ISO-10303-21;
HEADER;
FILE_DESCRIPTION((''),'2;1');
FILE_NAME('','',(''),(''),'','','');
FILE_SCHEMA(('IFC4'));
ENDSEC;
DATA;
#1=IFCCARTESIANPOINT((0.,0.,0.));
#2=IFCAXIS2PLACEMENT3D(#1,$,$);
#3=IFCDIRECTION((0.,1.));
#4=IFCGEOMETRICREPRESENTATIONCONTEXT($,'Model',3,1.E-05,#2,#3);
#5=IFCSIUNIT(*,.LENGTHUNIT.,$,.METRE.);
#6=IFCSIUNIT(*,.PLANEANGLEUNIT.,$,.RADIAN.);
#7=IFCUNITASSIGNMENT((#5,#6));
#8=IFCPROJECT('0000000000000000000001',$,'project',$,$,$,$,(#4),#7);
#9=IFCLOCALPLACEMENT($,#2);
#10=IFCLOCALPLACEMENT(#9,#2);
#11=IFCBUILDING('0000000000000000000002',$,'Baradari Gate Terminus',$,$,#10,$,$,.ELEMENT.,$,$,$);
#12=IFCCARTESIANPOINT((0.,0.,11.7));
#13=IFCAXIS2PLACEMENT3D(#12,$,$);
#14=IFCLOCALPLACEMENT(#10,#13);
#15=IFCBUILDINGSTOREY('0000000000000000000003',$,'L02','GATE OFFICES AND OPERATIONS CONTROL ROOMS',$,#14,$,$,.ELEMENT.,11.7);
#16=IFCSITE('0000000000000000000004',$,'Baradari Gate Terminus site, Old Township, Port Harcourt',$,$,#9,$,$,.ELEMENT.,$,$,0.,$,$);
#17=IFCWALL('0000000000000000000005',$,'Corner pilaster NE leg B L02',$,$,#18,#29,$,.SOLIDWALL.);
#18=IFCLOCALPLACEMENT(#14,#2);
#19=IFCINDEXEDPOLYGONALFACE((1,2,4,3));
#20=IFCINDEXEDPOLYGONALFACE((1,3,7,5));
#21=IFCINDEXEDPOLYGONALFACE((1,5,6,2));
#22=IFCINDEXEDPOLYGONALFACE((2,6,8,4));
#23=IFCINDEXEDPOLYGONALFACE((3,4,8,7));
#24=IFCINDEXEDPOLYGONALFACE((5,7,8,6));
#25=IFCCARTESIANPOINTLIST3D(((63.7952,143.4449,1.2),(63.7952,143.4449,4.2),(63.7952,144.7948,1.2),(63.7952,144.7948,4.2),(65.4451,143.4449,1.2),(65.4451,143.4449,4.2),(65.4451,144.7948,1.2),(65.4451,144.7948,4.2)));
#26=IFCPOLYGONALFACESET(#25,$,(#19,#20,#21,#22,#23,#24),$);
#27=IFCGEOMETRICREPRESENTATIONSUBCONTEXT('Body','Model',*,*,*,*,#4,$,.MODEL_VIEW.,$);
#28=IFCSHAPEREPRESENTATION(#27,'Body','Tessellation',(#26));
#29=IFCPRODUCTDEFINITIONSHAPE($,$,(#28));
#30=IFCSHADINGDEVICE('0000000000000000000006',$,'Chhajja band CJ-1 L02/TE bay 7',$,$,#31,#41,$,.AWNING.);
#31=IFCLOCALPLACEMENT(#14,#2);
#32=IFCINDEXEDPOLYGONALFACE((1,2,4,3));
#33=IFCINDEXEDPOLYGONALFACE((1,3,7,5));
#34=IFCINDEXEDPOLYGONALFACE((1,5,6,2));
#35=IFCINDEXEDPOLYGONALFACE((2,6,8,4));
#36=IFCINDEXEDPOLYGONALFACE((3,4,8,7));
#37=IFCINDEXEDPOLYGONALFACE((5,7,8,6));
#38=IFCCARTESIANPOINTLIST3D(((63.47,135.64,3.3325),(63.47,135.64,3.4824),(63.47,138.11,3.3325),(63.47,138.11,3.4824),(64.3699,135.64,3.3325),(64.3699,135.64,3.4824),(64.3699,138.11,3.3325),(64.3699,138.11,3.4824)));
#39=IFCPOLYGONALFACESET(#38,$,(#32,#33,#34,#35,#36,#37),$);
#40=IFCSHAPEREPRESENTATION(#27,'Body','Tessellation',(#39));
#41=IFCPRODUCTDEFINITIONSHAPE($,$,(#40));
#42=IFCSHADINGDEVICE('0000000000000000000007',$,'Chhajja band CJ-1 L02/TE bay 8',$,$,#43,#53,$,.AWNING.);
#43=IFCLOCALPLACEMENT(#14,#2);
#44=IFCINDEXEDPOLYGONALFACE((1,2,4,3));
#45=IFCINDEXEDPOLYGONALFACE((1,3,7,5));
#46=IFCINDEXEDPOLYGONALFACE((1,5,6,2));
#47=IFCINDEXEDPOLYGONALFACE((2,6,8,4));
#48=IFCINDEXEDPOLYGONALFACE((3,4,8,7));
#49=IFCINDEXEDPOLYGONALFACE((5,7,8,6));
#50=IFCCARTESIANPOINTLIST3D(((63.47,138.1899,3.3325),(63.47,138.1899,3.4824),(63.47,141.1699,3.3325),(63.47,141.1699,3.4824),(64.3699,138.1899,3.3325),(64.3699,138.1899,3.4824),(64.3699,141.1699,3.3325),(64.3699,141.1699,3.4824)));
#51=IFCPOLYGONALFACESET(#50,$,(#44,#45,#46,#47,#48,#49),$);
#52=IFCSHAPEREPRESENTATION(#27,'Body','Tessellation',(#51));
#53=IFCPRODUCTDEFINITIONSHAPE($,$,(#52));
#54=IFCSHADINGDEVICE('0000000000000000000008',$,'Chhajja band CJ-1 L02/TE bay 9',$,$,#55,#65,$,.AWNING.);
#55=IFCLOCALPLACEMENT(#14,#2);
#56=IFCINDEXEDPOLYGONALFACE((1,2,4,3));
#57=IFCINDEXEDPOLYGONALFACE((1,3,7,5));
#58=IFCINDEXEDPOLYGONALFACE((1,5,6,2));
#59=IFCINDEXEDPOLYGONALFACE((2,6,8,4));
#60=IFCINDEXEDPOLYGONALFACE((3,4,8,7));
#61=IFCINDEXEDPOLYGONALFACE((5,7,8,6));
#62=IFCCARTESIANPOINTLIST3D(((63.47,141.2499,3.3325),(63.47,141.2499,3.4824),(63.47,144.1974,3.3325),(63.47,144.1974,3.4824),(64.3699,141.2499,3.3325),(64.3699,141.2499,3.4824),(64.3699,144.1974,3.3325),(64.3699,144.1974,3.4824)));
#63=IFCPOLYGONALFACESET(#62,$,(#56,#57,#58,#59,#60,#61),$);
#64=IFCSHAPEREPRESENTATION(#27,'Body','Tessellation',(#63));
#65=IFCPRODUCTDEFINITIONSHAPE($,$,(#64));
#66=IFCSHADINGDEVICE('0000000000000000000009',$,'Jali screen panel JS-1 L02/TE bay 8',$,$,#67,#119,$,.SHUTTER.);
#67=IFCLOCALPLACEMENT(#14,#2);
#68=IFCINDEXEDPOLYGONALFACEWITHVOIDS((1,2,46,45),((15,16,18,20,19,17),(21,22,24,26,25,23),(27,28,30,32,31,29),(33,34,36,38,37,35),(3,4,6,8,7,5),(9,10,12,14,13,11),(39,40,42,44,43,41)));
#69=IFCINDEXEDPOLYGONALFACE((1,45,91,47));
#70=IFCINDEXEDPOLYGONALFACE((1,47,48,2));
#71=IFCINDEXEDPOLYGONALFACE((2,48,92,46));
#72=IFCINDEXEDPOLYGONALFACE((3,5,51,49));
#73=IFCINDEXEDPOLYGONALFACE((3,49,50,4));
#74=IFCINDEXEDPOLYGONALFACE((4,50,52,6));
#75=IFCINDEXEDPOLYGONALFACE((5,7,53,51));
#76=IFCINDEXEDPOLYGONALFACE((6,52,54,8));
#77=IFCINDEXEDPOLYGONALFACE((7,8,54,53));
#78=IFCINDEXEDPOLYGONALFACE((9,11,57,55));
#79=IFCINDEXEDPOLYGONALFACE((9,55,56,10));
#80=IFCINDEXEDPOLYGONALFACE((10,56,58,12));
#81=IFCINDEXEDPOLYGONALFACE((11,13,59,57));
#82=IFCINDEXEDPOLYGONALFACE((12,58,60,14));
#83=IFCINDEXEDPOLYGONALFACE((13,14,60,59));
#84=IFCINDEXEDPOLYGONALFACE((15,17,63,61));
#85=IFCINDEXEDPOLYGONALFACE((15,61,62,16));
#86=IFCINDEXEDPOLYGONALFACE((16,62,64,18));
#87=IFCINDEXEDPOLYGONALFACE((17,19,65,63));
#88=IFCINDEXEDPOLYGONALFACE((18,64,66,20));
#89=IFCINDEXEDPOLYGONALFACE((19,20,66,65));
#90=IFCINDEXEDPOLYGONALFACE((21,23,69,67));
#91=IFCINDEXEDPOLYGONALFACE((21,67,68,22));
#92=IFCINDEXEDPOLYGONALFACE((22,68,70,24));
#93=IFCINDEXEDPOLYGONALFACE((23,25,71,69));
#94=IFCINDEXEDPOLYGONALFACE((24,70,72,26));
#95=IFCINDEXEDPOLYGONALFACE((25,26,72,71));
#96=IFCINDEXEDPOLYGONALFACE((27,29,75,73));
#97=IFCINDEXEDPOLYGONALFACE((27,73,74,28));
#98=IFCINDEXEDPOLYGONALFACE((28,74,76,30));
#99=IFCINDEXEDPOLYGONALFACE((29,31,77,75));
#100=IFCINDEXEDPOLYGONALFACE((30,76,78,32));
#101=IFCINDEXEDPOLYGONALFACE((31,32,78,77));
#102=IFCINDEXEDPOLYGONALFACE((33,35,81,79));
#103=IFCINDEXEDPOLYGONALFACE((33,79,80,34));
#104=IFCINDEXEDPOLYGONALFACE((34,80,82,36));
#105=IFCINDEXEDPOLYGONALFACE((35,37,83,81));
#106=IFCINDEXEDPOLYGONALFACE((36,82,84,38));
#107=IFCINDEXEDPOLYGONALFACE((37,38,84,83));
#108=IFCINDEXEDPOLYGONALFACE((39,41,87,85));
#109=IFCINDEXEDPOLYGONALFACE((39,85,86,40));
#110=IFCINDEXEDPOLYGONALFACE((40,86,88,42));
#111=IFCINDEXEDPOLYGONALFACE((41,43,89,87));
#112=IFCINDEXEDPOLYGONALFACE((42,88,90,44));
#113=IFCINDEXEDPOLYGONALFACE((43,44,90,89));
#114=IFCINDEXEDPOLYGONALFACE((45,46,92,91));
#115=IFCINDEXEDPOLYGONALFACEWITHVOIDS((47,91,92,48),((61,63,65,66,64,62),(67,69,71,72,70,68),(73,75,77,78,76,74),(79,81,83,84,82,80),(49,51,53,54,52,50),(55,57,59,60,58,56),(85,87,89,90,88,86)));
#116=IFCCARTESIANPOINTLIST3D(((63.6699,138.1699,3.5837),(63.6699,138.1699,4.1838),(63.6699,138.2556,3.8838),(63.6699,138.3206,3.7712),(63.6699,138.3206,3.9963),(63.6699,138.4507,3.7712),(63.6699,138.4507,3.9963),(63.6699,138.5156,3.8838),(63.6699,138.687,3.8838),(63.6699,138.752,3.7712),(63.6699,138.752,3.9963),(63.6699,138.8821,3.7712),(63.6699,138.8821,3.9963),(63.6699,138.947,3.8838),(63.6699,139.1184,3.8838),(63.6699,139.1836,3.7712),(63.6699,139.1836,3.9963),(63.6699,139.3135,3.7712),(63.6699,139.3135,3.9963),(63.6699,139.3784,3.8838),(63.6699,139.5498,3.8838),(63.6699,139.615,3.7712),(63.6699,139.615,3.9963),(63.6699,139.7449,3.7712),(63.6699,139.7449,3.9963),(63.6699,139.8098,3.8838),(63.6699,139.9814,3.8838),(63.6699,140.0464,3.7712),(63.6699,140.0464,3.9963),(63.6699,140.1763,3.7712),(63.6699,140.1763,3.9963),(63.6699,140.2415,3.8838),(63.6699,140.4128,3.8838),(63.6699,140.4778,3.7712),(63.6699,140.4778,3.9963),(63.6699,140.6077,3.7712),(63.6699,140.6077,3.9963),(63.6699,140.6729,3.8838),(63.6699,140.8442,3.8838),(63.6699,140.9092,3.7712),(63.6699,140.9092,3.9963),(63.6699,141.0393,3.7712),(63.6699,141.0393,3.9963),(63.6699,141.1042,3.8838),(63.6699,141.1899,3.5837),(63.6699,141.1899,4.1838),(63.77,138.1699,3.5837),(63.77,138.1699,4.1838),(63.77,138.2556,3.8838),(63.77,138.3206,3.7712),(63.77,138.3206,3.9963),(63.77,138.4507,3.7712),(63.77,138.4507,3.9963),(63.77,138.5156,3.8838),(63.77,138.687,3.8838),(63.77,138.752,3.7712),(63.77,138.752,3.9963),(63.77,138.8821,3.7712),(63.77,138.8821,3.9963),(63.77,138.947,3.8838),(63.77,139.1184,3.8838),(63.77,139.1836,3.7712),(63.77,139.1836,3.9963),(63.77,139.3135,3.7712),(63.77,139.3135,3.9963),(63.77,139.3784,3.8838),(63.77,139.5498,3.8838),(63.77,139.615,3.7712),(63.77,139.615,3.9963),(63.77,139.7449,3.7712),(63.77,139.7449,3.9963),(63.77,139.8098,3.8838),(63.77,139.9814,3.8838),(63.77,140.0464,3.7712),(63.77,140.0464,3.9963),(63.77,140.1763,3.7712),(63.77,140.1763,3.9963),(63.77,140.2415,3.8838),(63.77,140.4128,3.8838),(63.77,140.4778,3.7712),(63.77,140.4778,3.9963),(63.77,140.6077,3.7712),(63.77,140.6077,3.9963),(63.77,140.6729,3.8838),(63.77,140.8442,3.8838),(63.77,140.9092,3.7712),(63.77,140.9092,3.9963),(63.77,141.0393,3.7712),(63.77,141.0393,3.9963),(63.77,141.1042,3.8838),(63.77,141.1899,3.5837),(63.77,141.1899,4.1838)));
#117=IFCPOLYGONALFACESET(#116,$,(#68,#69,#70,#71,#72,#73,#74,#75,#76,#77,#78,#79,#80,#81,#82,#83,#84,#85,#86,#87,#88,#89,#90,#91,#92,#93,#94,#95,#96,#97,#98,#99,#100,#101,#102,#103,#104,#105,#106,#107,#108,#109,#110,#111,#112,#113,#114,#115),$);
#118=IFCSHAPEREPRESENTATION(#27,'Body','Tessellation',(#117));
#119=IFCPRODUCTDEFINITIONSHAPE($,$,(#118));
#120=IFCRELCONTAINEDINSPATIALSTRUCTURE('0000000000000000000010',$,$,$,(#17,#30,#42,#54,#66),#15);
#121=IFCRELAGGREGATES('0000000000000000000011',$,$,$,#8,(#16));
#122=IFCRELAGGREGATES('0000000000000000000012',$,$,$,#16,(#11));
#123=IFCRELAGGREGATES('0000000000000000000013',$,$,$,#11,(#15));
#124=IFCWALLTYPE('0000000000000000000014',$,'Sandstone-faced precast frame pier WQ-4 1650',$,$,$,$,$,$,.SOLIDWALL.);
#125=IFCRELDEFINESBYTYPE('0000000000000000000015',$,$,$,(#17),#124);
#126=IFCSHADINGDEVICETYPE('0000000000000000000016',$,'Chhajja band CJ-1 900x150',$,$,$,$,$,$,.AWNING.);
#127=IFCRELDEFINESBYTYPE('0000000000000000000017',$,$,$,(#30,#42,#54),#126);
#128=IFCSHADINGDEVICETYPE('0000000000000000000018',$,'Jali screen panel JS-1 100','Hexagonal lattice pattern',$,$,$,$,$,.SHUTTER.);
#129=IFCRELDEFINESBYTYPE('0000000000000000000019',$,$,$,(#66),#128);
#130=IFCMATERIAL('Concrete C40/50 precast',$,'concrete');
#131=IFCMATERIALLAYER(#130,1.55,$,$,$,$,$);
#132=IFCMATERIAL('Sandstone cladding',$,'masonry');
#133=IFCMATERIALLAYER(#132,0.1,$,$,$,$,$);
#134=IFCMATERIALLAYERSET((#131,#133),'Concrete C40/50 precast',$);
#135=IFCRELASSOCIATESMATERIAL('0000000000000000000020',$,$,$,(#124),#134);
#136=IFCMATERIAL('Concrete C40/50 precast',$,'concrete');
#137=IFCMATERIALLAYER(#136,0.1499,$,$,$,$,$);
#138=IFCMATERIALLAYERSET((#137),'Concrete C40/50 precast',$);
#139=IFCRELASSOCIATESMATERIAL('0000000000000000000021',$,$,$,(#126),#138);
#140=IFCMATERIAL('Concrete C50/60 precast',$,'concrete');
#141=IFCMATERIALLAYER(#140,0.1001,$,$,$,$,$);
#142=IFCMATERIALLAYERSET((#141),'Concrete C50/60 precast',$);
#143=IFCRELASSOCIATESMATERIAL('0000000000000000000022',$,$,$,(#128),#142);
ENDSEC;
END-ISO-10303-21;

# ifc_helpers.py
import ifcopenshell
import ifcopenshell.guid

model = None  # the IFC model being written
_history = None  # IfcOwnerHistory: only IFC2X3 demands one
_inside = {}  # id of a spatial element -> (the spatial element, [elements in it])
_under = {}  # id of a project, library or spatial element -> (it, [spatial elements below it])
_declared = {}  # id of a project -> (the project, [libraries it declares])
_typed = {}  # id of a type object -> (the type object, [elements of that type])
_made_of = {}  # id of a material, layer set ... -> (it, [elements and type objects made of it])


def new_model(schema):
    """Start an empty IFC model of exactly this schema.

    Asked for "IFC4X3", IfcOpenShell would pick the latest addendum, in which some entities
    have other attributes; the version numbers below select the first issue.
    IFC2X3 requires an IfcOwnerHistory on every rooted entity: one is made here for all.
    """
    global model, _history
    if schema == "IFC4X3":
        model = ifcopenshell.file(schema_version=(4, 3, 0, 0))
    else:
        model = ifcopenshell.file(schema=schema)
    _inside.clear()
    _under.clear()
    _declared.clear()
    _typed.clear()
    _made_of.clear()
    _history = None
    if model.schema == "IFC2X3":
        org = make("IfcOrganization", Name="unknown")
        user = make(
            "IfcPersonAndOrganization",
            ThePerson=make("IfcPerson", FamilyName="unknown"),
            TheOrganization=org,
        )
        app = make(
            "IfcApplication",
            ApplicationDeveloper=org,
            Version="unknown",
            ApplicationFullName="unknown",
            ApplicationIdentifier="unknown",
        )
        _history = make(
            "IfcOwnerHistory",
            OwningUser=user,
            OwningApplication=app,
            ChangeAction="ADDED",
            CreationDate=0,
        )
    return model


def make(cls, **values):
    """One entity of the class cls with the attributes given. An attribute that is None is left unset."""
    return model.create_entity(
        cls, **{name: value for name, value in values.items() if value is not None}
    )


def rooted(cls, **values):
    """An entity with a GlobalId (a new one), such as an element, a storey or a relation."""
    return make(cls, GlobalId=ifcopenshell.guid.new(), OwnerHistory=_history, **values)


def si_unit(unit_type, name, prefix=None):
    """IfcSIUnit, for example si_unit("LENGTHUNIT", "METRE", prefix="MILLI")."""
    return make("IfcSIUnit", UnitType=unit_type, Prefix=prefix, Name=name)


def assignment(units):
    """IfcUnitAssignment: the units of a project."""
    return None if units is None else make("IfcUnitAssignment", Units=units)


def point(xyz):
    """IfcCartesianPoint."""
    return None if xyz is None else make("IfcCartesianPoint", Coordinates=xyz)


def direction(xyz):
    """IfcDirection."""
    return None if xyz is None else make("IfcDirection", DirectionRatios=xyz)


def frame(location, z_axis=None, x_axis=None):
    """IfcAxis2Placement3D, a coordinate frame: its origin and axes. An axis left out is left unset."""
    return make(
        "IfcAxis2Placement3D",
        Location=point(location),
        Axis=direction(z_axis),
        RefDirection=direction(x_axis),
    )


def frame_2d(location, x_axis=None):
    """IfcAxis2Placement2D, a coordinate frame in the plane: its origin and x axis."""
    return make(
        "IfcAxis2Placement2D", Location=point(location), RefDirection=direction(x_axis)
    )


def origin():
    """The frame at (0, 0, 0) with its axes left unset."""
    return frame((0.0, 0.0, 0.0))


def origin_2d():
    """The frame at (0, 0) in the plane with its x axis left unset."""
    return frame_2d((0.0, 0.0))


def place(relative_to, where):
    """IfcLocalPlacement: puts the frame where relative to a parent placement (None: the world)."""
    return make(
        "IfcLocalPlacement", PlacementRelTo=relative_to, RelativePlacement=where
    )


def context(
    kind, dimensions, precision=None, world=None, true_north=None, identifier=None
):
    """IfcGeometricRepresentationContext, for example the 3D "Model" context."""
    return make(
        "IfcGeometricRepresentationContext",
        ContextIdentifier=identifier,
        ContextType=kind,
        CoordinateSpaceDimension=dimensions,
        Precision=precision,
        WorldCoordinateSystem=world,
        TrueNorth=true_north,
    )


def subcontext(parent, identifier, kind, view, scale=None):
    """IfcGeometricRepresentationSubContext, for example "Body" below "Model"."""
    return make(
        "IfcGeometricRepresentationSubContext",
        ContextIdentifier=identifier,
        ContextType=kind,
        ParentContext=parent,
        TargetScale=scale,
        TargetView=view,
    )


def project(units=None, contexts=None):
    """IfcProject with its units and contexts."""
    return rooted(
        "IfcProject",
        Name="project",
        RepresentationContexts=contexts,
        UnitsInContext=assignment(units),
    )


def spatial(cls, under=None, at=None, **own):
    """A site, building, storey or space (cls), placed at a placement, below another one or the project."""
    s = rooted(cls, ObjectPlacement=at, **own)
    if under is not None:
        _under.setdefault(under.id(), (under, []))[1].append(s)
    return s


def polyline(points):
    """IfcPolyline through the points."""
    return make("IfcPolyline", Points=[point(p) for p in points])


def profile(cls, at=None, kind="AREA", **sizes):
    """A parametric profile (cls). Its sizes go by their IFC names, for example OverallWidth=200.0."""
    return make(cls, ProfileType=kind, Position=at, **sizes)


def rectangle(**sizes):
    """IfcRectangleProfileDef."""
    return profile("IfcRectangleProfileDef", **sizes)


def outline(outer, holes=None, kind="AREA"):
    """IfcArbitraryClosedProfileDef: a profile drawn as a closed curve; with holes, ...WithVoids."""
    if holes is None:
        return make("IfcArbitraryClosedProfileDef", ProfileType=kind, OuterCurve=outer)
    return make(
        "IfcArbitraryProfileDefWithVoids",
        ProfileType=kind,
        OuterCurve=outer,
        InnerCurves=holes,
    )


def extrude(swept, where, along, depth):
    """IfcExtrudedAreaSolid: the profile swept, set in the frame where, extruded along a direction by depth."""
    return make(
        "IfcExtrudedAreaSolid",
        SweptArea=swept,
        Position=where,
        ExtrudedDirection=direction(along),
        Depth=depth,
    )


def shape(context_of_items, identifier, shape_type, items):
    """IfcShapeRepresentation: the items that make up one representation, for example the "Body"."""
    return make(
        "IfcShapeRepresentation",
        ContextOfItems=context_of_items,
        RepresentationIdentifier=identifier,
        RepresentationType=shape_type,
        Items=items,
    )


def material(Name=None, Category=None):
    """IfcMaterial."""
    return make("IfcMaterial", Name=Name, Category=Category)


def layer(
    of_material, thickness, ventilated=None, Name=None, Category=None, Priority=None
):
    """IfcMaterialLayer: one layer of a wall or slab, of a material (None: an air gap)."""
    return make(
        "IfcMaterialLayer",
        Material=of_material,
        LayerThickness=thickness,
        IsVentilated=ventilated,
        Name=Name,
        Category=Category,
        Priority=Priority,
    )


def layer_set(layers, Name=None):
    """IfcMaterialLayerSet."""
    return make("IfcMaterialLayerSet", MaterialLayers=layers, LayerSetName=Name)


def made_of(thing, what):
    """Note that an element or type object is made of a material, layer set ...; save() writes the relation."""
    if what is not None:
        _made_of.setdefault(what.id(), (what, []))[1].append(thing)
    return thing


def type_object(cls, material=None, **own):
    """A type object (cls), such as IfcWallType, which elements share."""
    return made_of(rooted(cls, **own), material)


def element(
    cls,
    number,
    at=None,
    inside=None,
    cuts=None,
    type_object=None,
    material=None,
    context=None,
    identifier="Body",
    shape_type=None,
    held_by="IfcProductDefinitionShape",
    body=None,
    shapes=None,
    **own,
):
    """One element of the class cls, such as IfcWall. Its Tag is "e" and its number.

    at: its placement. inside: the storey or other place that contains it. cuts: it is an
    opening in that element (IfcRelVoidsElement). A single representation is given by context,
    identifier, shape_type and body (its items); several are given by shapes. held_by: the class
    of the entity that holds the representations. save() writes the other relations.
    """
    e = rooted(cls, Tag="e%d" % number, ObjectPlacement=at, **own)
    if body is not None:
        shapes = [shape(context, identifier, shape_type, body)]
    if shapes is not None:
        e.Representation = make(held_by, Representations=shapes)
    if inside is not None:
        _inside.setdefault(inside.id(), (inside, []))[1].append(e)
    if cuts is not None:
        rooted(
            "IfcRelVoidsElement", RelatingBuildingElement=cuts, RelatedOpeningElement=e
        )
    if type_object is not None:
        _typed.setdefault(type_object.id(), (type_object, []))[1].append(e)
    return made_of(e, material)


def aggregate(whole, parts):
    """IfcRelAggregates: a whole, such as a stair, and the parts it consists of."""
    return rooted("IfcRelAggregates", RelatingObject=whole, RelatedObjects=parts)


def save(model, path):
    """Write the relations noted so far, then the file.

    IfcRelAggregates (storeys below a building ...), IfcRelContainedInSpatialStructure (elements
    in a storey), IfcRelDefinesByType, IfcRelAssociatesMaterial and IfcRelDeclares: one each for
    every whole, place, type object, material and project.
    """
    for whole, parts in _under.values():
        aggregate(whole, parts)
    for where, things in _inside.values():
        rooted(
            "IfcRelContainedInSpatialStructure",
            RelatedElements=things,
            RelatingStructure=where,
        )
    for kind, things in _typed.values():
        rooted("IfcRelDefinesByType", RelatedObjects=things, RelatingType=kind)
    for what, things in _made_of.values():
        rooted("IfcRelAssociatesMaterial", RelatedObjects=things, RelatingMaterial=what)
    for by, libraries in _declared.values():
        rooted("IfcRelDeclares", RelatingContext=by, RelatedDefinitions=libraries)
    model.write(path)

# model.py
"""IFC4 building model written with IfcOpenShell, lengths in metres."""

from ifc_helpers import new_model, si_unit, direction, frame, frame_2d, origin, origin_2d, place, context, subcontext, project, spatial, polyline, rectangle, outline, extrude, material, layer, layer_set, type_object, element, save


model = new_model("IFC4")

# Units and contexts
model_context = context("Model", 3, precision=1e-05, world=origin(), true_north=direction((0.0, 1.0)))
body_context = subcontext(model_context, "Body", "Model", "MODEL_VIEW")
ifc_project = project(units=[si_unit("LENGTHUNIT", "METRE"), si_unit("PLANEANGLEUNIT", "RADIAN")], contexts=[model_context])

# Site, building, storey
site_placement = place(None, origin())
site = spatial("IfcSite", under=ifc_project, at=site_placement, Name="Baradari Gate Terminus site, Old Township, Port Harcourt", CompositionType="ELEMENT", RefElevation=0.0)
building_placement = place(site_placement, origin())
building = spatial("IfcBuilding", under=site, at=building_placement, Name="Baradari Gate Terminus", CompositionType="ELEMENT")
storey_placement = place(building_placement, frame((0.0, 0.0, 11.7)))
storey = spatial("IfcBuildingStorey", under=building, at=storey_placement, Name="L02", Description="GATE OFFICES AND OPERATIONS CONTROL ROOMS", CompositionType="ELEMENT", Elevation=11.7)

# Wall
ifc_material_1 = material(Name="Concrete C40/50 precast", Category="concrete")
ifc_layer_1 = layer(ifc_material_1, 1.55)
ifc_material_2 = material(Name="Sandstone cladding", Category="masonry")
ifc_layer_2 = layer(ifc_material_2, 0.1)
ifc_layer_set_1 = layer_set([ifc_layer_1, ifc_layer_2], Name="Concrete C40/50 precast")
wall_type = type_object("IfcWallType", Name="Sandstone-faced precast frame pier WQ-4 1650", PredefinedType="SOLIDWALL", material=ifc_layer_set_1)
wall_placement = place(storey_placement, frame((64.6201, 143.4451, 1.2), z_axis=(0.0, 0.0, 1.0), x_axis=(0.0, 1.0, 0.0)))
element("IfcWall", 1, at=wall_placement, inside=storey, type_object=wall_type, Name="Corner pilaster NE leg B L02", PredefinedType="SOLIDWALL", context=body_context, shape_type="SweptSolid", body=[
    extrude(rectangle(XDim=1.3499, YDim=1.6499, at=frame_2d((0.6748, 0.0))), origin(), (0.0, 0.0, 1.0), 3.0),
])

# Shading devices
ifc_material_3 = material(Name="Concrete C40/50 precast", Category="concrete")
ifc_layer_3 = layer(ifc_material_3, 0.1499)
ifc_layer_set_2 = layer_set([ifc_layer_3], Name="Concrete C40/50 precast")
shading_device_type_1 = type_object("IfcShadingDeviceType", Name="Chhajja band CJ-1 900x150", PredefinedType="AWNING", material=ifc_layer_set_2)
shading_device_1_placement = place(storey_placement, frame((63.9199, 136.875, 3.3325), z_axis=(0.0, 0.0, 1.0), x_axis=(0.0, 1.0, 0.0)))
element("IfcShadingDevice", 2, at=shading_device_1_placement, inside=storey, type_object=shading_device_type_1, Name="Chhajja band CJ-1 L02/TE bay 7", PredefinedType="AWNING", context=body_context, shape_type="SweptSolid", body=[
    extrude(rectangle(XDim=2.47, YDim=0.8999, at=origin_2d()), origin(), (0.0, 0.0, 1.0), 0.1499),
])
shading_device_2_placement = place(storey_placement, frame((63.9199, 139.6799, 3.3325), z_axis=(0.0, 0.0, 1.0), x_axis=(0.0, 1.0, 0.0)))
element("IfcShadingDevice", 3, at=shading_device_2_placement, inside=storey, type_object=shading_device_type_1, Name="Chhajja band CJ-1 L02/TE bay 8", PredefinedType="AWNING", context=body_context, shape_type="SweptSolid", body=[
    extrude(rectangle(XDim=2.98, YDim=0.8999, at=origin_2d()), origin(), (0.0, 0.0, 1.0), 0.1499),
])
shading_device_3_placement = place(storey_placement, frame((63.9199, 142.7236, 3.3325), z_axis=(0.0, 0.0, 1.0), x_axis=(0.0, 1.0, 0.0)))
element("IfcShadingDevice", 4, at=shading_device_3_placement, inside=storey, type_object=shading_device_type_1, Name="Chhajja band CJ-1 L02/TE bay 9", PredefinedType="AWNING", context=body_context, shape_type="SweptSolid", body=[
    extrude(rectangle(XDim=2.9475, YDim=0.8999, at=origin_2d()), origin(), (0.0, 0.0, 1.0), 0.1499),
])
ifc_material_4 = material(Name="Concrete C50/60 precast", Category="concrete")
ifc_layer_4 = layer(ifc_material_4, 0.1001)
ifc_layer_set_3 = layer_set([ifc_layer_4], Name="Concrete C50/60 precast")
shading_device_type_2 = type_object("IfcShadingDeviceType", Name="Jali screen panel JS-1 100", Description="Hexagonal lattice pattern", PredefinedType="SHUTTER", material=ifc_layer_set_3)
shading_device_4_placement = place(storey_placement, frame((63.72, 138.1699, 3.5837), z_axis=(0.0, 0.0, 1.0), x_axis=(0.0, 1.0, 0.0)))
element("IfcShadingDevice", 5, at=shading_device_4_placement, inside=storey, type_object=shading_device_type_2, Name="Jali screen panel JS-1 L02/TE bay 8", PredefinedType="SHUTTER", context=body_context, shape_type="SweptSolid", body=[
    extrude(outline(polyline([(0.0, 0.0), (3.02, 0.0), (3.02, 0.6001), (0.0, 0.6001), (0.0, 0.0)]), holes=[polyline([(0.3457, 0.3), (0.2808, 0.1875), (0.1506, 0.1875), (0.0857, 0.3), (0.1506, 0.4126), (0.2808, 0.4126), (0.3457, 0.3)]), polyline([(0.7771, 0.3), (0.7122, 0.1875), (0.582, 0.1875), (0.5171, 0.3), (0.582, 0.4126), (0.7122, 0.4126), (0.7771, 0.3)]), polyline([(1.2085, 0.3), (1.1436, 0.1875), (1.0137, 0.1875), (0.9485, 0.3), (1.0137, 0.4126), (1.1436, 0.4126), (1.2085, 0.3)]), polyline([(1.6399, 0.3), (1.575, 0.1875), (1.4451, 0.1875), (1.3799, 0.3), (1.4451, 0.4126), (1.575, 0.4126), (1.6399, 0.3)]), polyline([(2.0715, 0.3), (2.0063, 0.1875), (1.8765, 0.1875), (1.8115, 0.3), (1.8765, 0.4126), (2.0063, 0.4126), (2.0715, 0.3)]), polyline([(2.5029, 0.3), (2.4377, 0.1875), (2.3079, 0.1875), (2.2429, 0.3), (2.3079, 0.4126), (2.4377, 0.4126), (2.5029, 0.3)]), polyline([(2.9343, 0.3), (2.8694, 0.1875), (2.7393, 0.1875), (2.6743, 0.3), (2.7393, 0.4126), (2.8694, 0.4126), (2.9343, 0.3)])]), frame((0.0, 0.05, 0.0), z_axis=(0.0, -1.0, 0.0), x_axis=(1.0, 0.0, 0.0)), (0.0, 0.0, 1.0), 0.1001),
])

save(model, "model.ifc")
